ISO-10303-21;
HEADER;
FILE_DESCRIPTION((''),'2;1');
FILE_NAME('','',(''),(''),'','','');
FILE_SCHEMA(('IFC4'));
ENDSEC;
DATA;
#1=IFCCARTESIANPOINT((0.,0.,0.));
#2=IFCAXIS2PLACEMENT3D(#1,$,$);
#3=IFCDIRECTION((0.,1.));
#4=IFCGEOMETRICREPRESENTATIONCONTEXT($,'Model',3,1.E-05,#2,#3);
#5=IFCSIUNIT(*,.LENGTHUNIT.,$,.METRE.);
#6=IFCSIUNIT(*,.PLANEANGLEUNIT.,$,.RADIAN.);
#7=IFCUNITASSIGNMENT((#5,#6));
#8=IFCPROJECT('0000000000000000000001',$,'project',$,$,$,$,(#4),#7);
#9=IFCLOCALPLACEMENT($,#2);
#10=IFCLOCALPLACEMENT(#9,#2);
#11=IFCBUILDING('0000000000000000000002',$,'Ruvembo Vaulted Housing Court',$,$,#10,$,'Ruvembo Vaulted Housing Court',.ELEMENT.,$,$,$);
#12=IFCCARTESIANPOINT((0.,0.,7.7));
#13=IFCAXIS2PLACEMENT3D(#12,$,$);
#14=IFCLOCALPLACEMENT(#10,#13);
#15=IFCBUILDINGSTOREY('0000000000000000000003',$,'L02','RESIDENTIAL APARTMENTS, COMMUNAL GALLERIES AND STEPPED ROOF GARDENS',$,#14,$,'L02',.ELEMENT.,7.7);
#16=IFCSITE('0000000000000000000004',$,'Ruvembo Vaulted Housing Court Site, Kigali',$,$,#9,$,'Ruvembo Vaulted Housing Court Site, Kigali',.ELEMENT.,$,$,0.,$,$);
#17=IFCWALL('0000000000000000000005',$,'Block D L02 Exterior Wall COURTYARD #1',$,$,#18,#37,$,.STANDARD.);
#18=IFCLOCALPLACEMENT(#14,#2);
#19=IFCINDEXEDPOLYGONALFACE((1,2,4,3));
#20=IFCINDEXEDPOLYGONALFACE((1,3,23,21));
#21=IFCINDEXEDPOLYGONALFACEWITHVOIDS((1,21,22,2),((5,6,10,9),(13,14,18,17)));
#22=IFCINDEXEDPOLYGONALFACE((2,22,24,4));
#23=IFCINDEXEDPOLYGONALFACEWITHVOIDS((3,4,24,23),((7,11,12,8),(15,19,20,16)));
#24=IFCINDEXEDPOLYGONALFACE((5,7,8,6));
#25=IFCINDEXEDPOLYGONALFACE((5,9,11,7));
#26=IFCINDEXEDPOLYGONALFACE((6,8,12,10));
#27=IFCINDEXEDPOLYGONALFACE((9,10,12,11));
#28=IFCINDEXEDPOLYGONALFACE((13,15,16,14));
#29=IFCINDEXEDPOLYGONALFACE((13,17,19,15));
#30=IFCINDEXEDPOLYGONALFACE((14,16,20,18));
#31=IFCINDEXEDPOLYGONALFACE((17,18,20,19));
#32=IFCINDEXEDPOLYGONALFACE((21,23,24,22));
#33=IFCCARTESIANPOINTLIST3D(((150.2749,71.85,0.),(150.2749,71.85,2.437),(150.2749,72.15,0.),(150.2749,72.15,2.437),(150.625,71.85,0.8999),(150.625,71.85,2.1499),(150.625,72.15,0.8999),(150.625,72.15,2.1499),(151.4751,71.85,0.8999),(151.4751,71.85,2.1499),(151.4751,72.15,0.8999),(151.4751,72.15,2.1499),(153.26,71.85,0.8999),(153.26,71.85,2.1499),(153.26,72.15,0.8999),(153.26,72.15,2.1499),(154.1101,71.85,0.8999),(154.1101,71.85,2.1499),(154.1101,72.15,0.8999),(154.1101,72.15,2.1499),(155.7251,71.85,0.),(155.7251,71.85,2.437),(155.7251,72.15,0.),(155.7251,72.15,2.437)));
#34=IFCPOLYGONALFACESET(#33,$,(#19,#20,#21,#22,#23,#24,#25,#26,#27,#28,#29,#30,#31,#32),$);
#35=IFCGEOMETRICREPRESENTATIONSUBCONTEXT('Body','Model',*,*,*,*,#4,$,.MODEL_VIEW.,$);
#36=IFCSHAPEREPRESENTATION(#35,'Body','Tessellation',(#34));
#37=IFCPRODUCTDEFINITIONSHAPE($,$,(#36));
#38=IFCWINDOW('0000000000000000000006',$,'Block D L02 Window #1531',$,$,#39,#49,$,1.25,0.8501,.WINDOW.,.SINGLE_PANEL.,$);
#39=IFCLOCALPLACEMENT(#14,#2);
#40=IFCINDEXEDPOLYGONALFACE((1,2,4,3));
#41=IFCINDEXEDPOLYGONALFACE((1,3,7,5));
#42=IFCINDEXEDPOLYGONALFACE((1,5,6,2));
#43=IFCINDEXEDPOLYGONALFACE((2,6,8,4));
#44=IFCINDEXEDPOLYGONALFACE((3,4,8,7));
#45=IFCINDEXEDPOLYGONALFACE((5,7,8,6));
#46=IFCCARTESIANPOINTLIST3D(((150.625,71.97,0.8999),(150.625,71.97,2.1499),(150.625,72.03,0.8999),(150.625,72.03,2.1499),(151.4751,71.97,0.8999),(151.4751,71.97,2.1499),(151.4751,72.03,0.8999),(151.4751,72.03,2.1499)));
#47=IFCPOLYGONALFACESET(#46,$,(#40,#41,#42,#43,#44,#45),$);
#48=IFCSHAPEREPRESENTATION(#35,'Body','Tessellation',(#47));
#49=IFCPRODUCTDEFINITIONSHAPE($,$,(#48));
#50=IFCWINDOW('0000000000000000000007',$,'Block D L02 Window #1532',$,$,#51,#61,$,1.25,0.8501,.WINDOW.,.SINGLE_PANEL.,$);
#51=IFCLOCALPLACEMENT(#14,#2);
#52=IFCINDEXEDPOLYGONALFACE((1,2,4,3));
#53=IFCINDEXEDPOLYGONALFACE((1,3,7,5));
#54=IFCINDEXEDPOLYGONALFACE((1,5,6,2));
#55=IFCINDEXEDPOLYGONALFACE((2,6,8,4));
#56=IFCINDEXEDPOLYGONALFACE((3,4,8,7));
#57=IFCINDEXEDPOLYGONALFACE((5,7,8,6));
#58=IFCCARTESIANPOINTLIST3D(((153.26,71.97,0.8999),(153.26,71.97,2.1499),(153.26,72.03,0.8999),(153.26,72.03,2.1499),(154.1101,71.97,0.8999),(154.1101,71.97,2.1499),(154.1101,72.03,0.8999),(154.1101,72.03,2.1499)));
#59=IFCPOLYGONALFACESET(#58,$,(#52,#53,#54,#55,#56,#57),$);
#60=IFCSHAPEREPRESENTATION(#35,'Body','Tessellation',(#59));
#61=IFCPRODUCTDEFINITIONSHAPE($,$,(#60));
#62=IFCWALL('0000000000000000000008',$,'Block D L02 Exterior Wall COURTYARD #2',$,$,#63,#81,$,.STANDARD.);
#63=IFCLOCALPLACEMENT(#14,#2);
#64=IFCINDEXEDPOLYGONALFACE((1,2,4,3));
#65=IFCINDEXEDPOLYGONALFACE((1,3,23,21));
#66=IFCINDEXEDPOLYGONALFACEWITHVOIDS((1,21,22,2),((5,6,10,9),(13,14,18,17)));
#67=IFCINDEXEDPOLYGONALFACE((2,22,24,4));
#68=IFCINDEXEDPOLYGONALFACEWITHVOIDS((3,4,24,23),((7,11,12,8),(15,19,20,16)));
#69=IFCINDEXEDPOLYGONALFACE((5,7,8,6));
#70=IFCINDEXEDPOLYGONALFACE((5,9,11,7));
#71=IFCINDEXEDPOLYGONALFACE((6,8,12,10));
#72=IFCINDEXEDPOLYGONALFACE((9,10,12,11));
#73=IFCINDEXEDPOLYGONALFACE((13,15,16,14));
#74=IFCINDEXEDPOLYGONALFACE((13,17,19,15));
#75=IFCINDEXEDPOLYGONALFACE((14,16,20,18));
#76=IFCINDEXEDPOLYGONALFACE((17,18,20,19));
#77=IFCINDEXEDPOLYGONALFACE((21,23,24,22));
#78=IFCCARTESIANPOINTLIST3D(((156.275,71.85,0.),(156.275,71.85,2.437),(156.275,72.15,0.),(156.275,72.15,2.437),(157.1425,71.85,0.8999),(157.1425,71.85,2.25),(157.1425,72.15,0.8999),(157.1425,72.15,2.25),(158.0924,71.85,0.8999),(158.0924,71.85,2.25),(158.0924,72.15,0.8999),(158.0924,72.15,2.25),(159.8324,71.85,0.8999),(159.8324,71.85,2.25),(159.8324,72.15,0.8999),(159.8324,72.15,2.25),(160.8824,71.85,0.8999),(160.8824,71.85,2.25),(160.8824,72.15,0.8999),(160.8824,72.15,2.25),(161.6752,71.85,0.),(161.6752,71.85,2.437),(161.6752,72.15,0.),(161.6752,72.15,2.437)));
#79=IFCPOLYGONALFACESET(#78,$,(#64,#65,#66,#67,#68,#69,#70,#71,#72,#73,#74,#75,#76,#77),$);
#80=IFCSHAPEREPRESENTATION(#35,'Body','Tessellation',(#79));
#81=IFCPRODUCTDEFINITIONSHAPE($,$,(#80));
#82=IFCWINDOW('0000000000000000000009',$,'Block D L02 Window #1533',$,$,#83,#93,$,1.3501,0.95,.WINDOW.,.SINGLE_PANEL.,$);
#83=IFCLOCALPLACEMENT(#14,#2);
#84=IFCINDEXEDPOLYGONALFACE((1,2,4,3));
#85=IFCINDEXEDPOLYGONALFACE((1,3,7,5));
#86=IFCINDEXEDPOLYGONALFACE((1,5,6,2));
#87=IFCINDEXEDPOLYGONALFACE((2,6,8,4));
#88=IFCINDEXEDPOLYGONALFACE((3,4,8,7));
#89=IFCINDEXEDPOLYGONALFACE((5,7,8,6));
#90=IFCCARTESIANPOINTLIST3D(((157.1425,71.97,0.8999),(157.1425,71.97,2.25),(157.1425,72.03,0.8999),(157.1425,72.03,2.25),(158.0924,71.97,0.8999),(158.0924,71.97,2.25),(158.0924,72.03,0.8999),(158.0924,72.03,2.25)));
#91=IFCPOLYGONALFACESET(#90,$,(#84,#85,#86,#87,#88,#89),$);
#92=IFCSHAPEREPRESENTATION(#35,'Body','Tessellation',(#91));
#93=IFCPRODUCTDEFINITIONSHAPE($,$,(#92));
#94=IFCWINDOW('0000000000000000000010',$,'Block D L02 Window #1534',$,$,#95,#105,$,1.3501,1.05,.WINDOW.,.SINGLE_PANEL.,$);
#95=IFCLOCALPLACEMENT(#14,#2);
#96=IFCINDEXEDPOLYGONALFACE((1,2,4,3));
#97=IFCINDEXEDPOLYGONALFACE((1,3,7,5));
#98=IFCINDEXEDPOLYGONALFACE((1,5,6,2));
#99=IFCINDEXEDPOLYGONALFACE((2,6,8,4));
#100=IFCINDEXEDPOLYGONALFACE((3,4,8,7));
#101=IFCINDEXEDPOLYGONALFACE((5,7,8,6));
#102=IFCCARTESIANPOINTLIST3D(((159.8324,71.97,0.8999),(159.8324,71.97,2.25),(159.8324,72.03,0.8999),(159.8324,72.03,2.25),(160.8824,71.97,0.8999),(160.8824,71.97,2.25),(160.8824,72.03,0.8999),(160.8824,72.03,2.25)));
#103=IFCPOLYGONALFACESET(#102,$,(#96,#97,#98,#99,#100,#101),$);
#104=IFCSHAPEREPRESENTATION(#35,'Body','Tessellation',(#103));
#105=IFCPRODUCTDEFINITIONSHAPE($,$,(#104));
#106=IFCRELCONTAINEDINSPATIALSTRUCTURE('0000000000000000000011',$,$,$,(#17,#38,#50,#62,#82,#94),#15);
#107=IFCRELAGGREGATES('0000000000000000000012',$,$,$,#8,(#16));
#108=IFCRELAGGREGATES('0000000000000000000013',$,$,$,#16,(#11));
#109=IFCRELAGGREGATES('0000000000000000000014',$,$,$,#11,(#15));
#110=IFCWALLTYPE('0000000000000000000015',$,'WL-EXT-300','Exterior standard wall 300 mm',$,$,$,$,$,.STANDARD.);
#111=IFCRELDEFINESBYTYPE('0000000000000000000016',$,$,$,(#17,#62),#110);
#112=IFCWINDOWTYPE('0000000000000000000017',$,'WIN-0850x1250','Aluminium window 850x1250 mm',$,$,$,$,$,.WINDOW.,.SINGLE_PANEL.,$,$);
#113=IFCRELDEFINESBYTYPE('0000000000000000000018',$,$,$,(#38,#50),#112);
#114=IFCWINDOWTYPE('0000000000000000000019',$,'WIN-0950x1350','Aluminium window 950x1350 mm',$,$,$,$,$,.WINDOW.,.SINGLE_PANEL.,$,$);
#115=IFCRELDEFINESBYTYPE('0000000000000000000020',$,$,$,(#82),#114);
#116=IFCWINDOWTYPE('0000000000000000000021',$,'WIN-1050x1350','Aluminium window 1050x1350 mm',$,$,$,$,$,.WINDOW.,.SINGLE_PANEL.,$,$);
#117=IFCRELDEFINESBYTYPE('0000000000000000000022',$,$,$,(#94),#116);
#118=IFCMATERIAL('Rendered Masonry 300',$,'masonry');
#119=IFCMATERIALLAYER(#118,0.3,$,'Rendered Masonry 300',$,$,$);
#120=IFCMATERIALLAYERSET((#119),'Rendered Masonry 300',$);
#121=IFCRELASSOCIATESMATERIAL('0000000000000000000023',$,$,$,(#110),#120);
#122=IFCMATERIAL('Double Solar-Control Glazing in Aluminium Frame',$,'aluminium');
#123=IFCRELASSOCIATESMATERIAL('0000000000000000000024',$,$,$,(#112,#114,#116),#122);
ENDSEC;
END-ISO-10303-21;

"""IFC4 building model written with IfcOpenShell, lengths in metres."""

from ifc_helpers import new_model, si_unit, direction, frame, frame_2d, origin, place, context, subcontext, project, spatial, rectangle, extrude, material, layer, layer_set, type_object, element, fill, save


model = new_model("IFC4")

# Units and contexts
model_context = context("Model", 3, precision=1e-05, world=origin(), true_north=direction((0.0, 1.0)))
body_context = subcontext(model_context, "Body", "Model", "MODEL_VIEW")
ifc_project = project(units=[si_unit("LENGTHUNIT", "METRE"), si_unit("PLANEANGLEUNIT", "RADIAN")], contexts=[model_context])

# Site, building, storey
site_placement = place(None, origin())
site = spatial("IfcSite", under=ifc_project, at=site_placement, Name="Ruvembo Vaulted Housing Court Site, Kigali", LongName="Ruvembo Vaulted Housing Court Site, Kigali", CompositionType="ELEMENT", RefElevation=0.0)
building_placement = place(site_placement, origin())
building = spatial("IfcBuilding", under=site, at=building_placement, Name="Ruvembo Vaulted Housing Court", LongName="Ruvembo Vaulted Housing Court", CompositionType="ELEMENT")
storey_placement = place(building_placement, frame((0.0, 0.0, 7.7)))
storey = spatial("IfcBuildingStorey", under=building, at=storey_placement, Name="L02", Description="RESIDENTIAL APARTMENTS, COMMUNAL GALLERIES AND STEPPED ROOF GARDENS", LongName="L02", CompositionType="ELEMENT", Elevation=7.7)

# Walls, openings, windows
ifc_material_1 = material(Name="Rendered Masonry 300", Category="masonry")
ifc_layer = layer(ifc_material_1, 0.3, Name="Rendered Masonry 300")
ifc_layer_set = layer_set([ifc_layer], Name="Rendered Masonry 300")
wall_type = type_object("IfcWallType", Name="WL-EXT-300", Description="Exterior standard wall 300 mm", PredefinedType="STANDARD", material=ifc_layer_set)
wall_1_placement = place(storey_placement, frame((150.2749, 72.0, 0.0), z_axis=(0.0, 0.0, 1.0), x_axis=(1.0, 0.0, 0.0)))
wall_1 = element("IfcWall", 1, at=wall_1_placement, inside=storey, type_object=wall_type, Name="Block D L02 Exterior Wall COURTYARD #1", PredefinedType="STANDARD", context=body_context, shape_type="SweptSolid", body=[
    extrude(rectangle(XDim=5.4502, YDim=0.3, at=frame_2d((2.7251, 0.0))), origin(), (0.0, 0.0, 1.0), 2.437),
])
opening_1_placement = place(wall_1_placement, frame((0.3501, 0.0, 0.8999)))
opening_1 = element("IfcOpeningElement", 2, at=opening_1_placement, cuts=wall_1, PredefinedType="OPENING", context=body_context, shape_type="SweptSolid", body=[
    extrude(rectangle(XDim=0.8501, YDim=1.25, at=frame_2d((0.425, 0.625))), frame((0.0, 0.1599, 0.0), z_axis=(0.0, -1.0, 0.0), x_axis=(1.0, 0.0, 0.0)), (0.0, 0.0, 1.0), 0.3201),
])
opening_2_placement = place(wall_1_placement, frame((2.9851, 0.0, 0.8999)))
opening_2 = element("IfcOpeningElement", 3, at=opening_2_placement, cuts=wall_1, PredefinedType="OPENING", context=body_context, shape_type="SweptSolid", body=[
    extrude(rectangle(XDim=0.8501, YDim=1.25, at=frame_2d((0.425, 0.625))), frame((0.0, 0.1599, 0.0), z_axis=(0.0, -1.0, 0.0), x_axis=(1.0, 0.0, 0.0)), (0.0, 0.0, 1.0), 0.3201),
])
ifc_material_2 = material(Name="Double Solar-Control Glazing in Aluminium Frame", Category="aluminium")
window_type_1 = type_object("IfcWindowType", Name="WIN-0850x1250", Description="Aluminium window 850x1250 mm", PartitioningType="SINGLE_PANEL", PredefinedType="WINDOW", material=ifc_material_2)
window_1_placement = place(opening_1_placement, origin())
window_1 = element("IfcWindow", 4, at=window_1_placement, inside=storey, type_object=window_type_1, Name="Block D L02 Window #1531", OverallHeight=1.25, OverallWidth=0.8501, PartitioningType="SINGLE_PANEL", PredefinedType="WINDOW", context=body_context, shape_type="SweptSolid", body=[
    extrude(rectangle(XDim=0.8501, YDim=1.25, at=frame_2d((0.425, 0.625))), frame((0.0, 0.03, 0.0), z_axis=(0.0, -1.0, 0.0), x_axis=(1.0, 0.0, 0.0)), (0.0, 0.0, 1.0), 0.0601),
])
fill(opening_1, window_1)
window_2_placement = place(opening_2_placement, origin())
window_2 = element("IfcWindow", 5, at=window_2_placement, inside=storey, type_object=window_type_1, Name="Block D L02 Window #1532", OverallHeight=1.25, OverallWidth=0.8501, PartitioningType="SINGLE_PANEL", PredefinedType="WINDOW", context=body_context, shape_type="SweptSolid", body=[
    extrude(rectangle(XDim=0.8501, YDim=1.25, at=frame_2d((0.425, 0.625))), frame((0.0, 0.03, 0.0), z_axis=(0.0, -1.0, 0.0), x_axis=(1.0, 0.0, 0.0)), (0.0, 0.0, 1.0), 0.0601),
])
fill(opening_2, window_2)
wall_2_placement = place(storey_placement, frame((156.2749, 72.0, 0.0), z_axis=(0.0, 0.0, 1.0), x_axis=(1.0, 0.0, 0.0)))
wall_2 = element("IfcWall", 6, at=wall_2_placement, inside=storey, type_object=wall_type, Name="Block D L02 Exterior Wall COURTYARD #2", PredefinedType="STANDARD", context=body_context, shape_type="SweptSolid", body=[
    extrude(rectangle(XDim=5.4001, YDim=0.3, at=frame_2d((2.7002, 0.0))), origin(), (0.0, 0.0, 1.0), 2.437),
])
opening_3_placement = place(wall_2_placement, frame((0.8674, 0.0, 0.8999)))
opening_3 = element("IfcOpeningElement", 7, at=opening_3_placement, cuts=wall_2, PredefinedType="OPENING", context=body_context, shape_type="SweptSolid", body=[
    extrude(rectangle(XDim=0.95, YDim=1.3501, at=frame_2d((0.4751, 0.675))), frame((0.0, 0.1599, 0.0), z_axis=(0.0, -1.0, 0.0), x_axis=(1.0, 0.0, 0.0)), (0.0, 0.0, 1.0), 0.3201),
])
opening_4_placement = place(wall_2_placement, frame((3.5576, 0.0, 0.8999)))
opening_4 = element("IfcOpeningElement", 8, at=opening_4_placement, cuts=wall_2, PredefinedType="OPENING", context=body_context, shape_type="SweptSolid", body=[
    extrude(rectangle(XDim=1.05, YDim=1.3501, at=frame_2d((0.5249, 0.675))), frame((0.0, 0.1599, 0.0), z_axis=(0.0, -1.0, 0.0), x_axis=(1.0, 0.0, 0.0)), (0.0, 0.0, 1.0), 0.3201),
])
window_type_2 = type_object("IfcWindowType", Name="WIN-0950x1350", Description="Aluminium window 950x1350 mm", PartitioningType="SINGLE_PANEL", PredefinedType="WINDOW", material=ifc_material_2)
window_3_placement = place(opening_3_placement, origin())
window_3 = element("IfcWindow", 9, at=window_3_placement, inside=storey, type_object=window_type_2, Name="Block D L02 Window #1533", OverallHeight=1.3501, OverallWidth=0.95, PartitioningType="SINGLE_PANEL", PredefinedType="WINDOW", context=body_context, shape_type="SweptSolid", body=[
    extrude(rectangle(XDim=0.95, YDim=1.3501, at=frame_2d((0.4751, 0.675))), frame((0.0, 0.03, 0.0), z_axis=(0.0, -1.0, 0.0), x_axis=(1.0, 0.0, 0.0)), (0.0, 0.0, 1.0), 0.0601),
])
fill(opening_3, window_3)
window_type_3 = type_object("IfcWindowType", Name="WIN-1050x1350", Description="Aluminium window 1050x1350 mm", PartitioningType="SINGLE_PANEL", PredefinedType="WINDOW", material=ifc_material_2)
window_4_placement = place(opening_4_placement, origin())
window_4 = element("IfcWindow", 10, at=window_4_placement, inside=storey, type_object=window_type_3, Name="Block D L02 Window #1534", OverallHeight=1.3501, OverallWidth=1.05, PartitioningType="SINGLE_PANEL", PredefinedType="WINDOW", context=body_context, shape_type="SweptSolid", body=[
    extrude(rectangle(XDim=1.05, YDim=1.3501, at=frame_2d((0.5249, 0.675))), frame((0.0, 0.03, 0.0), z_axis=(0.0, -1.0, 0.0), x_axis=(1.0, 0.0, 0.0)), (0.0, 0.0, 1.0), 0.0601),
])
fill(opening_4, window_4)

save(model, "model.ifc")
